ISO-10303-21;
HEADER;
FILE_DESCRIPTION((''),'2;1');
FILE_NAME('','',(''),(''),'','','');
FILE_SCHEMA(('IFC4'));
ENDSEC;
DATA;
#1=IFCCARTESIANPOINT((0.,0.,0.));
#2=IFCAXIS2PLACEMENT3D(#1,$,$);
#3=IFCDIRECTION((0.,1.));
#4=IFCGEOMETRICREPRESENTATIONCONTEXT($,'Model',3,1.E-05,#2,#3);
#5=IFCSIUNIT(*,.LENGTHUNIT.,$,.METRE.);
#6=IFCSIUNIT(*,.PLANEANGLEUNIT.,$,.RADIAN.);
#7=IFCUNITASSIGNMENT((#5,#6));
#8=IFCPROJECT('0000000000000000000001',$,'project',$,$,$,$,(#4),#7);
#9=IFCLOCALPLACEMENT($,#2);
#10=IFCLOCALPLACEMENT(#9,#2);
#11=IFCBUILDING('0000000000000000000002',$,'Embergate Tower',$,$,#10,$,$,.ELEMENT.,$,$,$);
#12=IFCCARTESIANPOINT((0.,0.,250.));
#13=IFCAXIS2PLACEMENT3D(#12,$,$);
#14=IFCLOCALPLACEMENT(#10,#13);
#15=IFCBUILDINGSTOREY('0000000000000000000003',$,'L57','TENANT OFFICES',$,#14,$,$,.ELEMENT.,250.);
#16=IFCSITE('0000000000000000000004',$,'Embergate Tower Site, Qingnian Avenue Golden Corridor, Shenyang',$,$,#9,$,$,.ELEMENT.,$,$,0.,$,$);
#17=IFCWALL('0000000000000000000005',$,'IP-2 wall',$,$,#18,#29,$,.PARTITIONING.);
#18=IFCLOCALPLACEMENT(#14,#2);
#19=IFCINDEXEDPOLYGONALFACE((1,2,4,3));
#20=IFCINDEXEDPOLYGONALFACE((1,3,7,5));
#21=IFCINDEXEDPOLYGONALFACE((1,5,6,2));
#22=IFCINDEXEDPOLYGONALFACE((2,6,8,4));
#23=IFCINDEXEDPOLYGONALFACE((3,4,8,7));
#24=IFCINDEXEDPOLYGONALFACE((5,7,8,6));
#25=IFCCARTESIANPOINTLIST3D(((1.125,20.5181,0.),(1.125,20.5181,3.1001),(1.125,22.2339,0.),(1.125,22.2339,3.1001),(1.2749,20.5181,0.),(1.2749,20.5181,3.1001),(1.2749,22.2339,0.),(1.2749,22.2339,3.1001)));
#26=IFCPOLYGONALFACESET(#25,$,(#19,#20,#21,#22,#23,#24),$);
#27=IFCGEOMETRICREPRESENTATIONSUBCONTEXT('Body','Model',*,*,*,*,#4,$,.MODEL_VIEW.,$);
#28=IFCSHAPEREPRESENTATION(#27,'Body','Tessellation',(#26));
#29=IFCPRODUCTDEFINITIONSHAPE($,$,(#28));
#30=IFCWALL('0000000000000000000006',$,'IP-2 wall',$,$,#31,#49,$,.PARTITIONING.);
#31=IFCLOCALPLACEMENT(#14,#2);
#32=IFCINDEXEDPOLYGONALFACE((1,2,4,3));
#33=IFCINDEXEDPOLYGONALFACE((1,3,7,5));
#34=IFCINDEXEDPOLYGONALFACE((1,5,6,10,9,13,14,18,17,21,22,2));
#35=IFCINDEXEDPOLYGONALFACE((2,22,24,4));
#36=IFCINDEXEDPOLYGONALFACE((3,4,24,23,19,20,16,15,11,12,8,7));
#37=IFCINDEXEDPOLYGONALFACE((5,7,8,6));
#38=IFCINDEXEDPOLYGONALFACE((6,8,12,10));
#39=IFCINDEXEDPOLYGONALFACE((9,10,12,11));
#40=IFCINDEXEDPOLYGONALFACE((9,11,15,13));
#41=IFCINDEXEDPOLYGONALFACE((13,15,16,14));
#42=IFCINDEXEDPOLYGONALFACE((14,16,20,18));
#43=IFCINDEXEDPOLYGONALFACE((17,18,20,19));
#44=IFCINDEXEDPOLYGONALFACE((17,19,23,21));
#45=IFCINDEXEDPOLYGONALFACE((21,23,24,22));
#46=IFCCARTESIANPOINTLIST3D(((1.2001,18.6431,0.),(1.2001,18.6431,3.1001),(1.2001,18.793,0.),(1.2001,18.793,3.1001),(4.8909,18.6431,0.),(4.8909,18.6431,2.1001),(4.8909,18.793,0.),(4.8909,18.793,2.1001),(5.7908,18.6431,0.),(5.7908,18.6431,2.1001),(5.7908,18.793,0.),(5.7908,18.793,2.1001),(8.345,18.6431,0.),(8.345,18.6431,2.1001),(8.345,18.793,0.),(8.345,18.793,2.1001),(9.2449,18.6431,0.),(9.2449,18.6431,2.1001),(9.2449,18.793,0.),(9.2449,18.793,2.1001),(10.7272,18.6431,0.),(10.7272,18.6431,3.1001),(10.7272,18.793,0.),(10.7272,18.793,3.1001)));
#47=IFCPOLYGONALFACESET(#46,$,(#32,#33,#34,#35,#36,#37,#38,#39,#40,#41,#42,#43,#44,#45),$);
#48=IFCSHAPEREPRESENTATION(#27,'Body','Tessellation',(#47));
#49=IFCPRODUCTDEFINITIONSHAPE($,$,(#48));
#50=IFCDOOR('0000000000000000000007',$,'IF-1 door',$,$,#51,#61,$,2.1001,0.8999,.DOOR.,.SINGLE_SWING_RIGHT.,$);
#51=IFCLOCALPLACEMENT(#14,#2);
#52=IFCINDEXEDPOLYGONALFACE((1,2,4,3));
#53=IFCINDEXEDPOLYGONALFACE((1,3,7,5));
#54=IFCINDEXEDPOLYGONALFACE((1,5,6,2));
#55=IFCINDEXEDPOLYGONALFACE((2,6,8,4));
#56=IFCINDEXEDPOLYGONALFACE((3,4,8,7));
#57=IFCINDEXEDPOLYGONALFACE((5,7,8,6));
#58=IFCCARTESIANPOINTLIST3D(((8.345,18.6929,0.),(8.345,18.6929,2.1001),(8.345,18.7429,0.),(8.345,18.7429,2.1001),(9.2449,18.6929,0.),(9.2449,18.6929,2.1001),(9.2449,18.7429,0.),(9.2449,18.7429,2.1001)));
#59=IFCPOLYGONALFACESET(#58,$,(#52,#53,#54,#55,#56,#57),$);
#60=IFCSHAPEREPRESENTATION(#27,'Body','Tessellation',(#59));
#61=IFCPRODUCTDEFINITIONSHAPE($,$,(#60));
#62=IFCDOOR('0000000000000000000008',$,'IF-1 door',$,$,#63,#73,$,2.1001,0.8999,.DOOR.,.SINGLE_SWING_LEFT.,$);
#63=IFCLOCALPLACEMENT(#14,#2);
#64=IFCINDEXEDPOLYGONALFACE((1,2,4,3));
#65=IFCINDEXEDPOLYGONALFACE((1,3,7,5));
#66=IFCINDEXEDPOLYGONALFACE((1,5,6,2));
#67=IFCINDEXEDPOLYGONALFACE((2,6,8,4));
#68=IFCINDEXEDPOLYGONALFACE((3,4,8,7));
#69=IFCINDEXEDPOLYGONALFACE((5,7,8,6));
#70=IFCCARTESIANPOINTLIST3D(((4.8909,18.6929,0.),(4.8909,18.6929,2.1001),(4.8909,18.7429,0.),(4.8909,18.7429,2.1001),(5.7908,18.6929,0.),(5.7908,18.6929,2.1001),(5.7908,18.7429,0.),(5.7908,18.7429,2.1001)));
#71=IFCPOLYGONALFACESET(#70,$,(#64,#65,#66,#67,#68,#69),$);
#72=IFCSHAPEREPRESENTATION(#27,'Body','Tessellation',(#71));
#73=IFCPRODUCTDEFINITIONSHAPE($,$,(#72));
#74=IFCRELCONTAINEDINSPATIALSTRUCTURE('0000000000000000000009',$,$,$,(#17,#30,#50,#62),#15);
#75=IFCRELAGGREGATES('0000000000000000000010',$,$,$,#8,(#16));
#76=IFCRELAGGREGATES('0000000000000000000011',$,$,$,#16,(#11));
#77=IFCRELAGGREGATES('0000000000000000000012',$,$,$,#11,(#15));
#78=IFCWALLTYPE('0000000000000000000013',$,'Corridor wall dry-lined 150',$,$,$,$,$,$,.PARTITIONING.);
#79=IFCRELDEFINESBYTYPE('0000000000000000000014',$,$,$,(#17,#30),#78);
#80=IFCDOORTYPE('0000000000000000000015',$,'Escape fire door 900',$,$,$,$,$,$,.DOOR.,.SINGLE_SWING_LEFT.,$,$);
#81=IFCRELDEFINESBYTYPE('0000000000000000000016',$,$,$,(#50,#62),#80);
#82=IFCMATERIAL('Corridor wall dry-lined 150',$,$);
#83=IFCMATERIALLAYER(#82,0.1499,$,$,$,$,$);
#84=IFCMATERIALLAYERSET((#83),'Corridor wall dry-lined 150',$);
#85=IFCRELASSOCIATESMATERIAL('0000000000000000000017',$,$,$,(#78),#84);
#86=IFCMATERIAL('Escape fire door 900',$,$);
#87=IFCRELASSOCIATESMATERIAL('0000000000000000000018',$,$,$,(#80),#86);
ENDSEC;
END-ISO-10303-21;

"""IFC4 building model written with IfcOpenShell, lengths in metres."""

from ifc_helpers import new_model, si_unit, direction, frame, frame_2d, origin, place, context, subcontext, project, spatial, rectangle, extrude, source, transform, mapped, material, layer, layer_set, type_object, element, fill, save


model = new_model("IFC4")

# Units and contexts
model_context = context("Model", 3, precision=1e-05, world=origin(), true_north=direction((0.0, 1.0)))
body_context = subcontext(model_context, "Body", "Model", "MODEL_VIEW")
ifc_project = project(units=[si_unit("LENGTHUNIT", "METRE"), si_unit("PLANEANGLEUNIT", "RADIAN")], contexts=[model_context])

# Site, building, storey
site_placement = place(None, origin())
site = spatial("IfcSite", under=ifc_project, at=site_placement, Name="Embergate Tower Site, Qingnian Avenue Golden Corridor, Shenyang", CompositionType="ELEMENT", RefElevation=0.0)
building_placement = place(site_placement, origin())
building = spatial("IfcBuilding", under=site, at=building_placement, Name="Embergate Tower", CompositionType="ELEMENT")
storey_placement = place(building_placement, frame((0.0, 0.0, 250.0)))
storey = spatial("IfcBuildingStorey", under=building, at=storey_placement, Name="L57", Description="TENANT OFFICES", CompositionType="ELEMENT", Elevation=250.0)

# Shared definitions
ifc_material_1 = material(Name="Corridor wall dry-lined 150")
ifc_layer_1 = layer(ifc_material_1, 0.1499)
ifc_layer_set_1 = layer_set([ifc_layer_1], Name="Corridor wall dry-lined 150")
wall_type_1 = type_object("IfcWallType", Name="Corridor wall dry-lined 150", PredefinedType="PARTITIONING", material=ifc_layer_set_1)

# Shared definitions
shared_shape_1 = source(origin(), body_context, "Body", "SweptSolid", [
    extrude(rectangle(XDim=0.8999, YDim=2.1001, at=frame_2d((0.45, 1.05))), frame((0.0, 0.085, 0.0), z_axis=(0.0, -1.0, 0.0), x_axis=(1.0, 0.0, 0.0)), (0.0, 0.0, 1.0), 0.1699),
])
ifc_material_2 = material(Name="Escape fire door 900")
door_type_1 = type_object("IfcDoorType", Name="Escape fire door 900", OperationType="SINGLE_SWING_LEFT", PredefinedType="DOOR", material=ifc_material_2)
shared_shape_2 = source(origin(), body_context, "Body", "SweptSolid", [
    extrude(rectangle(XDim=0.8999, YDim=2.1001, at=frame_2d((0.45, 1.05))), frame((0.0, 0.0249, 0.0), z_axis=(0.0, -1.0, 0.0), x_axis=(1.0, 0.0, 0.0)), (0.0, 0.0, 1.0), 0.05),
])

# Wall
shared_shape_3 = source(origin(), body_context, "Body", "SweptSolid", [
    extrude(rectangle(XDim=1.7158, YDim=0.1499, at=frame_2d((0.8579, 0.0))), origin(), (0.0, 0.0, 1.0), 3.1001),
])
wall_1_placement = place(storey_placement, frame((1.2, 22.2339, 0.0), z_axis=(0.0, 0.0, 1.0), x_axis=(0.0, -1.0, 0.0)))
element("IfcWall", 1, at=wall_1_placement, inside=storey, type_object=wall_type_1, Name="IP-2 wall", PredefinedType="PARTITIONING", context=body_context, shape_type="MappedRepresentation", body=[
    mapped(shared_shape_3, transform((0.0, 0.0, 0.0))),
])

# Wall, openings, doors
shared_shape_4 = source(origin(), body_context, "Body", "SweptSolid", [
    extrude(rectangle(XDim=9.5271, YDim=0.1499, at=frame_2d((4.7637, 0.0))), origin(), (0.0, 0.0, 1.0), 3.1001),
])
wall_2_placement = place(storey_placement, frame((1.2, 18.718, 0.0), z_axis=(0.0, 0.0, 1.0), x_axis=(1.0, 0.0, 0.0)))
wall_2 = element("IfcWall", 2, at=wall_2_placement, inside=storey, type_object=wall_type_1, Name="IP-2 wall", PredefinedType="PARTITIONING", context=body_context, shape_type="MappedRepresentation", body=[
    mapped(shared_shape_4, transform((0.0, 0.0, 0.0))),
])
opening_1_placement = place(wall_2_placement, frame((7.145, 0.0, 0.0)))
opening_1 = element("IfcOpeningElement", 3, at=opening_1_placement, cuts=wall_2, PredefinedType="OPENING", context=body_context, shape_type="MappedRepresentation", body=[
    mapped(shared_shape_1, transform((0.0, 0.0, 0.0))),
])
opening_2_placement = place(wall_2_placement, frame((3.6909, 0.0, 0.0)))
opening_2 = element("IfcOpeningElement", 4, at=opening_2_placement, cuts=wall_2, PredefinedType="OPENING", context=body_context, shape_type="MappedRepresentation", body=[
    mapped(shared_shape_1, transform((0.0, 0.0, 0.0))),
])
door_1_placement = place(opening_1_placement, origin())
door_1 = element("IfcDoor", 5, at=door_1_placement, inside=storey, type_object=door_type_1, Name="IF-1 door", OperationType="SINGLE_SWING_RIGHT", OverallHeight=2.1001, OverallWidth=0.8999, PredefinedType="DOOR", context=body_context, shape_type="MappedRepresentation", body=[
    mapped(shared_shape_2, transform((0.0, 0.0, 0.0))),
])
fill(opening_1, door_1)
door_2_placement = place(opening_2_placement, origin())
door_2 = element("IfcDoor", 6, at=door_2_placement, inside=storey, type_object=door_type_1, Name="IF-1 door", OperationType="SINGLE_SWING_LEFT", OverallHeight=2.1001, OverallWidth=0.8999, PredefinedType="DOOR", context=body_context, shape_type="MappedRepresentation", body=[
    mapped(shared_shape_2, transform((0.0, 0.0, 0.0))),
])
fill(opening_2, door_2)

save(model, "model.ifc")
